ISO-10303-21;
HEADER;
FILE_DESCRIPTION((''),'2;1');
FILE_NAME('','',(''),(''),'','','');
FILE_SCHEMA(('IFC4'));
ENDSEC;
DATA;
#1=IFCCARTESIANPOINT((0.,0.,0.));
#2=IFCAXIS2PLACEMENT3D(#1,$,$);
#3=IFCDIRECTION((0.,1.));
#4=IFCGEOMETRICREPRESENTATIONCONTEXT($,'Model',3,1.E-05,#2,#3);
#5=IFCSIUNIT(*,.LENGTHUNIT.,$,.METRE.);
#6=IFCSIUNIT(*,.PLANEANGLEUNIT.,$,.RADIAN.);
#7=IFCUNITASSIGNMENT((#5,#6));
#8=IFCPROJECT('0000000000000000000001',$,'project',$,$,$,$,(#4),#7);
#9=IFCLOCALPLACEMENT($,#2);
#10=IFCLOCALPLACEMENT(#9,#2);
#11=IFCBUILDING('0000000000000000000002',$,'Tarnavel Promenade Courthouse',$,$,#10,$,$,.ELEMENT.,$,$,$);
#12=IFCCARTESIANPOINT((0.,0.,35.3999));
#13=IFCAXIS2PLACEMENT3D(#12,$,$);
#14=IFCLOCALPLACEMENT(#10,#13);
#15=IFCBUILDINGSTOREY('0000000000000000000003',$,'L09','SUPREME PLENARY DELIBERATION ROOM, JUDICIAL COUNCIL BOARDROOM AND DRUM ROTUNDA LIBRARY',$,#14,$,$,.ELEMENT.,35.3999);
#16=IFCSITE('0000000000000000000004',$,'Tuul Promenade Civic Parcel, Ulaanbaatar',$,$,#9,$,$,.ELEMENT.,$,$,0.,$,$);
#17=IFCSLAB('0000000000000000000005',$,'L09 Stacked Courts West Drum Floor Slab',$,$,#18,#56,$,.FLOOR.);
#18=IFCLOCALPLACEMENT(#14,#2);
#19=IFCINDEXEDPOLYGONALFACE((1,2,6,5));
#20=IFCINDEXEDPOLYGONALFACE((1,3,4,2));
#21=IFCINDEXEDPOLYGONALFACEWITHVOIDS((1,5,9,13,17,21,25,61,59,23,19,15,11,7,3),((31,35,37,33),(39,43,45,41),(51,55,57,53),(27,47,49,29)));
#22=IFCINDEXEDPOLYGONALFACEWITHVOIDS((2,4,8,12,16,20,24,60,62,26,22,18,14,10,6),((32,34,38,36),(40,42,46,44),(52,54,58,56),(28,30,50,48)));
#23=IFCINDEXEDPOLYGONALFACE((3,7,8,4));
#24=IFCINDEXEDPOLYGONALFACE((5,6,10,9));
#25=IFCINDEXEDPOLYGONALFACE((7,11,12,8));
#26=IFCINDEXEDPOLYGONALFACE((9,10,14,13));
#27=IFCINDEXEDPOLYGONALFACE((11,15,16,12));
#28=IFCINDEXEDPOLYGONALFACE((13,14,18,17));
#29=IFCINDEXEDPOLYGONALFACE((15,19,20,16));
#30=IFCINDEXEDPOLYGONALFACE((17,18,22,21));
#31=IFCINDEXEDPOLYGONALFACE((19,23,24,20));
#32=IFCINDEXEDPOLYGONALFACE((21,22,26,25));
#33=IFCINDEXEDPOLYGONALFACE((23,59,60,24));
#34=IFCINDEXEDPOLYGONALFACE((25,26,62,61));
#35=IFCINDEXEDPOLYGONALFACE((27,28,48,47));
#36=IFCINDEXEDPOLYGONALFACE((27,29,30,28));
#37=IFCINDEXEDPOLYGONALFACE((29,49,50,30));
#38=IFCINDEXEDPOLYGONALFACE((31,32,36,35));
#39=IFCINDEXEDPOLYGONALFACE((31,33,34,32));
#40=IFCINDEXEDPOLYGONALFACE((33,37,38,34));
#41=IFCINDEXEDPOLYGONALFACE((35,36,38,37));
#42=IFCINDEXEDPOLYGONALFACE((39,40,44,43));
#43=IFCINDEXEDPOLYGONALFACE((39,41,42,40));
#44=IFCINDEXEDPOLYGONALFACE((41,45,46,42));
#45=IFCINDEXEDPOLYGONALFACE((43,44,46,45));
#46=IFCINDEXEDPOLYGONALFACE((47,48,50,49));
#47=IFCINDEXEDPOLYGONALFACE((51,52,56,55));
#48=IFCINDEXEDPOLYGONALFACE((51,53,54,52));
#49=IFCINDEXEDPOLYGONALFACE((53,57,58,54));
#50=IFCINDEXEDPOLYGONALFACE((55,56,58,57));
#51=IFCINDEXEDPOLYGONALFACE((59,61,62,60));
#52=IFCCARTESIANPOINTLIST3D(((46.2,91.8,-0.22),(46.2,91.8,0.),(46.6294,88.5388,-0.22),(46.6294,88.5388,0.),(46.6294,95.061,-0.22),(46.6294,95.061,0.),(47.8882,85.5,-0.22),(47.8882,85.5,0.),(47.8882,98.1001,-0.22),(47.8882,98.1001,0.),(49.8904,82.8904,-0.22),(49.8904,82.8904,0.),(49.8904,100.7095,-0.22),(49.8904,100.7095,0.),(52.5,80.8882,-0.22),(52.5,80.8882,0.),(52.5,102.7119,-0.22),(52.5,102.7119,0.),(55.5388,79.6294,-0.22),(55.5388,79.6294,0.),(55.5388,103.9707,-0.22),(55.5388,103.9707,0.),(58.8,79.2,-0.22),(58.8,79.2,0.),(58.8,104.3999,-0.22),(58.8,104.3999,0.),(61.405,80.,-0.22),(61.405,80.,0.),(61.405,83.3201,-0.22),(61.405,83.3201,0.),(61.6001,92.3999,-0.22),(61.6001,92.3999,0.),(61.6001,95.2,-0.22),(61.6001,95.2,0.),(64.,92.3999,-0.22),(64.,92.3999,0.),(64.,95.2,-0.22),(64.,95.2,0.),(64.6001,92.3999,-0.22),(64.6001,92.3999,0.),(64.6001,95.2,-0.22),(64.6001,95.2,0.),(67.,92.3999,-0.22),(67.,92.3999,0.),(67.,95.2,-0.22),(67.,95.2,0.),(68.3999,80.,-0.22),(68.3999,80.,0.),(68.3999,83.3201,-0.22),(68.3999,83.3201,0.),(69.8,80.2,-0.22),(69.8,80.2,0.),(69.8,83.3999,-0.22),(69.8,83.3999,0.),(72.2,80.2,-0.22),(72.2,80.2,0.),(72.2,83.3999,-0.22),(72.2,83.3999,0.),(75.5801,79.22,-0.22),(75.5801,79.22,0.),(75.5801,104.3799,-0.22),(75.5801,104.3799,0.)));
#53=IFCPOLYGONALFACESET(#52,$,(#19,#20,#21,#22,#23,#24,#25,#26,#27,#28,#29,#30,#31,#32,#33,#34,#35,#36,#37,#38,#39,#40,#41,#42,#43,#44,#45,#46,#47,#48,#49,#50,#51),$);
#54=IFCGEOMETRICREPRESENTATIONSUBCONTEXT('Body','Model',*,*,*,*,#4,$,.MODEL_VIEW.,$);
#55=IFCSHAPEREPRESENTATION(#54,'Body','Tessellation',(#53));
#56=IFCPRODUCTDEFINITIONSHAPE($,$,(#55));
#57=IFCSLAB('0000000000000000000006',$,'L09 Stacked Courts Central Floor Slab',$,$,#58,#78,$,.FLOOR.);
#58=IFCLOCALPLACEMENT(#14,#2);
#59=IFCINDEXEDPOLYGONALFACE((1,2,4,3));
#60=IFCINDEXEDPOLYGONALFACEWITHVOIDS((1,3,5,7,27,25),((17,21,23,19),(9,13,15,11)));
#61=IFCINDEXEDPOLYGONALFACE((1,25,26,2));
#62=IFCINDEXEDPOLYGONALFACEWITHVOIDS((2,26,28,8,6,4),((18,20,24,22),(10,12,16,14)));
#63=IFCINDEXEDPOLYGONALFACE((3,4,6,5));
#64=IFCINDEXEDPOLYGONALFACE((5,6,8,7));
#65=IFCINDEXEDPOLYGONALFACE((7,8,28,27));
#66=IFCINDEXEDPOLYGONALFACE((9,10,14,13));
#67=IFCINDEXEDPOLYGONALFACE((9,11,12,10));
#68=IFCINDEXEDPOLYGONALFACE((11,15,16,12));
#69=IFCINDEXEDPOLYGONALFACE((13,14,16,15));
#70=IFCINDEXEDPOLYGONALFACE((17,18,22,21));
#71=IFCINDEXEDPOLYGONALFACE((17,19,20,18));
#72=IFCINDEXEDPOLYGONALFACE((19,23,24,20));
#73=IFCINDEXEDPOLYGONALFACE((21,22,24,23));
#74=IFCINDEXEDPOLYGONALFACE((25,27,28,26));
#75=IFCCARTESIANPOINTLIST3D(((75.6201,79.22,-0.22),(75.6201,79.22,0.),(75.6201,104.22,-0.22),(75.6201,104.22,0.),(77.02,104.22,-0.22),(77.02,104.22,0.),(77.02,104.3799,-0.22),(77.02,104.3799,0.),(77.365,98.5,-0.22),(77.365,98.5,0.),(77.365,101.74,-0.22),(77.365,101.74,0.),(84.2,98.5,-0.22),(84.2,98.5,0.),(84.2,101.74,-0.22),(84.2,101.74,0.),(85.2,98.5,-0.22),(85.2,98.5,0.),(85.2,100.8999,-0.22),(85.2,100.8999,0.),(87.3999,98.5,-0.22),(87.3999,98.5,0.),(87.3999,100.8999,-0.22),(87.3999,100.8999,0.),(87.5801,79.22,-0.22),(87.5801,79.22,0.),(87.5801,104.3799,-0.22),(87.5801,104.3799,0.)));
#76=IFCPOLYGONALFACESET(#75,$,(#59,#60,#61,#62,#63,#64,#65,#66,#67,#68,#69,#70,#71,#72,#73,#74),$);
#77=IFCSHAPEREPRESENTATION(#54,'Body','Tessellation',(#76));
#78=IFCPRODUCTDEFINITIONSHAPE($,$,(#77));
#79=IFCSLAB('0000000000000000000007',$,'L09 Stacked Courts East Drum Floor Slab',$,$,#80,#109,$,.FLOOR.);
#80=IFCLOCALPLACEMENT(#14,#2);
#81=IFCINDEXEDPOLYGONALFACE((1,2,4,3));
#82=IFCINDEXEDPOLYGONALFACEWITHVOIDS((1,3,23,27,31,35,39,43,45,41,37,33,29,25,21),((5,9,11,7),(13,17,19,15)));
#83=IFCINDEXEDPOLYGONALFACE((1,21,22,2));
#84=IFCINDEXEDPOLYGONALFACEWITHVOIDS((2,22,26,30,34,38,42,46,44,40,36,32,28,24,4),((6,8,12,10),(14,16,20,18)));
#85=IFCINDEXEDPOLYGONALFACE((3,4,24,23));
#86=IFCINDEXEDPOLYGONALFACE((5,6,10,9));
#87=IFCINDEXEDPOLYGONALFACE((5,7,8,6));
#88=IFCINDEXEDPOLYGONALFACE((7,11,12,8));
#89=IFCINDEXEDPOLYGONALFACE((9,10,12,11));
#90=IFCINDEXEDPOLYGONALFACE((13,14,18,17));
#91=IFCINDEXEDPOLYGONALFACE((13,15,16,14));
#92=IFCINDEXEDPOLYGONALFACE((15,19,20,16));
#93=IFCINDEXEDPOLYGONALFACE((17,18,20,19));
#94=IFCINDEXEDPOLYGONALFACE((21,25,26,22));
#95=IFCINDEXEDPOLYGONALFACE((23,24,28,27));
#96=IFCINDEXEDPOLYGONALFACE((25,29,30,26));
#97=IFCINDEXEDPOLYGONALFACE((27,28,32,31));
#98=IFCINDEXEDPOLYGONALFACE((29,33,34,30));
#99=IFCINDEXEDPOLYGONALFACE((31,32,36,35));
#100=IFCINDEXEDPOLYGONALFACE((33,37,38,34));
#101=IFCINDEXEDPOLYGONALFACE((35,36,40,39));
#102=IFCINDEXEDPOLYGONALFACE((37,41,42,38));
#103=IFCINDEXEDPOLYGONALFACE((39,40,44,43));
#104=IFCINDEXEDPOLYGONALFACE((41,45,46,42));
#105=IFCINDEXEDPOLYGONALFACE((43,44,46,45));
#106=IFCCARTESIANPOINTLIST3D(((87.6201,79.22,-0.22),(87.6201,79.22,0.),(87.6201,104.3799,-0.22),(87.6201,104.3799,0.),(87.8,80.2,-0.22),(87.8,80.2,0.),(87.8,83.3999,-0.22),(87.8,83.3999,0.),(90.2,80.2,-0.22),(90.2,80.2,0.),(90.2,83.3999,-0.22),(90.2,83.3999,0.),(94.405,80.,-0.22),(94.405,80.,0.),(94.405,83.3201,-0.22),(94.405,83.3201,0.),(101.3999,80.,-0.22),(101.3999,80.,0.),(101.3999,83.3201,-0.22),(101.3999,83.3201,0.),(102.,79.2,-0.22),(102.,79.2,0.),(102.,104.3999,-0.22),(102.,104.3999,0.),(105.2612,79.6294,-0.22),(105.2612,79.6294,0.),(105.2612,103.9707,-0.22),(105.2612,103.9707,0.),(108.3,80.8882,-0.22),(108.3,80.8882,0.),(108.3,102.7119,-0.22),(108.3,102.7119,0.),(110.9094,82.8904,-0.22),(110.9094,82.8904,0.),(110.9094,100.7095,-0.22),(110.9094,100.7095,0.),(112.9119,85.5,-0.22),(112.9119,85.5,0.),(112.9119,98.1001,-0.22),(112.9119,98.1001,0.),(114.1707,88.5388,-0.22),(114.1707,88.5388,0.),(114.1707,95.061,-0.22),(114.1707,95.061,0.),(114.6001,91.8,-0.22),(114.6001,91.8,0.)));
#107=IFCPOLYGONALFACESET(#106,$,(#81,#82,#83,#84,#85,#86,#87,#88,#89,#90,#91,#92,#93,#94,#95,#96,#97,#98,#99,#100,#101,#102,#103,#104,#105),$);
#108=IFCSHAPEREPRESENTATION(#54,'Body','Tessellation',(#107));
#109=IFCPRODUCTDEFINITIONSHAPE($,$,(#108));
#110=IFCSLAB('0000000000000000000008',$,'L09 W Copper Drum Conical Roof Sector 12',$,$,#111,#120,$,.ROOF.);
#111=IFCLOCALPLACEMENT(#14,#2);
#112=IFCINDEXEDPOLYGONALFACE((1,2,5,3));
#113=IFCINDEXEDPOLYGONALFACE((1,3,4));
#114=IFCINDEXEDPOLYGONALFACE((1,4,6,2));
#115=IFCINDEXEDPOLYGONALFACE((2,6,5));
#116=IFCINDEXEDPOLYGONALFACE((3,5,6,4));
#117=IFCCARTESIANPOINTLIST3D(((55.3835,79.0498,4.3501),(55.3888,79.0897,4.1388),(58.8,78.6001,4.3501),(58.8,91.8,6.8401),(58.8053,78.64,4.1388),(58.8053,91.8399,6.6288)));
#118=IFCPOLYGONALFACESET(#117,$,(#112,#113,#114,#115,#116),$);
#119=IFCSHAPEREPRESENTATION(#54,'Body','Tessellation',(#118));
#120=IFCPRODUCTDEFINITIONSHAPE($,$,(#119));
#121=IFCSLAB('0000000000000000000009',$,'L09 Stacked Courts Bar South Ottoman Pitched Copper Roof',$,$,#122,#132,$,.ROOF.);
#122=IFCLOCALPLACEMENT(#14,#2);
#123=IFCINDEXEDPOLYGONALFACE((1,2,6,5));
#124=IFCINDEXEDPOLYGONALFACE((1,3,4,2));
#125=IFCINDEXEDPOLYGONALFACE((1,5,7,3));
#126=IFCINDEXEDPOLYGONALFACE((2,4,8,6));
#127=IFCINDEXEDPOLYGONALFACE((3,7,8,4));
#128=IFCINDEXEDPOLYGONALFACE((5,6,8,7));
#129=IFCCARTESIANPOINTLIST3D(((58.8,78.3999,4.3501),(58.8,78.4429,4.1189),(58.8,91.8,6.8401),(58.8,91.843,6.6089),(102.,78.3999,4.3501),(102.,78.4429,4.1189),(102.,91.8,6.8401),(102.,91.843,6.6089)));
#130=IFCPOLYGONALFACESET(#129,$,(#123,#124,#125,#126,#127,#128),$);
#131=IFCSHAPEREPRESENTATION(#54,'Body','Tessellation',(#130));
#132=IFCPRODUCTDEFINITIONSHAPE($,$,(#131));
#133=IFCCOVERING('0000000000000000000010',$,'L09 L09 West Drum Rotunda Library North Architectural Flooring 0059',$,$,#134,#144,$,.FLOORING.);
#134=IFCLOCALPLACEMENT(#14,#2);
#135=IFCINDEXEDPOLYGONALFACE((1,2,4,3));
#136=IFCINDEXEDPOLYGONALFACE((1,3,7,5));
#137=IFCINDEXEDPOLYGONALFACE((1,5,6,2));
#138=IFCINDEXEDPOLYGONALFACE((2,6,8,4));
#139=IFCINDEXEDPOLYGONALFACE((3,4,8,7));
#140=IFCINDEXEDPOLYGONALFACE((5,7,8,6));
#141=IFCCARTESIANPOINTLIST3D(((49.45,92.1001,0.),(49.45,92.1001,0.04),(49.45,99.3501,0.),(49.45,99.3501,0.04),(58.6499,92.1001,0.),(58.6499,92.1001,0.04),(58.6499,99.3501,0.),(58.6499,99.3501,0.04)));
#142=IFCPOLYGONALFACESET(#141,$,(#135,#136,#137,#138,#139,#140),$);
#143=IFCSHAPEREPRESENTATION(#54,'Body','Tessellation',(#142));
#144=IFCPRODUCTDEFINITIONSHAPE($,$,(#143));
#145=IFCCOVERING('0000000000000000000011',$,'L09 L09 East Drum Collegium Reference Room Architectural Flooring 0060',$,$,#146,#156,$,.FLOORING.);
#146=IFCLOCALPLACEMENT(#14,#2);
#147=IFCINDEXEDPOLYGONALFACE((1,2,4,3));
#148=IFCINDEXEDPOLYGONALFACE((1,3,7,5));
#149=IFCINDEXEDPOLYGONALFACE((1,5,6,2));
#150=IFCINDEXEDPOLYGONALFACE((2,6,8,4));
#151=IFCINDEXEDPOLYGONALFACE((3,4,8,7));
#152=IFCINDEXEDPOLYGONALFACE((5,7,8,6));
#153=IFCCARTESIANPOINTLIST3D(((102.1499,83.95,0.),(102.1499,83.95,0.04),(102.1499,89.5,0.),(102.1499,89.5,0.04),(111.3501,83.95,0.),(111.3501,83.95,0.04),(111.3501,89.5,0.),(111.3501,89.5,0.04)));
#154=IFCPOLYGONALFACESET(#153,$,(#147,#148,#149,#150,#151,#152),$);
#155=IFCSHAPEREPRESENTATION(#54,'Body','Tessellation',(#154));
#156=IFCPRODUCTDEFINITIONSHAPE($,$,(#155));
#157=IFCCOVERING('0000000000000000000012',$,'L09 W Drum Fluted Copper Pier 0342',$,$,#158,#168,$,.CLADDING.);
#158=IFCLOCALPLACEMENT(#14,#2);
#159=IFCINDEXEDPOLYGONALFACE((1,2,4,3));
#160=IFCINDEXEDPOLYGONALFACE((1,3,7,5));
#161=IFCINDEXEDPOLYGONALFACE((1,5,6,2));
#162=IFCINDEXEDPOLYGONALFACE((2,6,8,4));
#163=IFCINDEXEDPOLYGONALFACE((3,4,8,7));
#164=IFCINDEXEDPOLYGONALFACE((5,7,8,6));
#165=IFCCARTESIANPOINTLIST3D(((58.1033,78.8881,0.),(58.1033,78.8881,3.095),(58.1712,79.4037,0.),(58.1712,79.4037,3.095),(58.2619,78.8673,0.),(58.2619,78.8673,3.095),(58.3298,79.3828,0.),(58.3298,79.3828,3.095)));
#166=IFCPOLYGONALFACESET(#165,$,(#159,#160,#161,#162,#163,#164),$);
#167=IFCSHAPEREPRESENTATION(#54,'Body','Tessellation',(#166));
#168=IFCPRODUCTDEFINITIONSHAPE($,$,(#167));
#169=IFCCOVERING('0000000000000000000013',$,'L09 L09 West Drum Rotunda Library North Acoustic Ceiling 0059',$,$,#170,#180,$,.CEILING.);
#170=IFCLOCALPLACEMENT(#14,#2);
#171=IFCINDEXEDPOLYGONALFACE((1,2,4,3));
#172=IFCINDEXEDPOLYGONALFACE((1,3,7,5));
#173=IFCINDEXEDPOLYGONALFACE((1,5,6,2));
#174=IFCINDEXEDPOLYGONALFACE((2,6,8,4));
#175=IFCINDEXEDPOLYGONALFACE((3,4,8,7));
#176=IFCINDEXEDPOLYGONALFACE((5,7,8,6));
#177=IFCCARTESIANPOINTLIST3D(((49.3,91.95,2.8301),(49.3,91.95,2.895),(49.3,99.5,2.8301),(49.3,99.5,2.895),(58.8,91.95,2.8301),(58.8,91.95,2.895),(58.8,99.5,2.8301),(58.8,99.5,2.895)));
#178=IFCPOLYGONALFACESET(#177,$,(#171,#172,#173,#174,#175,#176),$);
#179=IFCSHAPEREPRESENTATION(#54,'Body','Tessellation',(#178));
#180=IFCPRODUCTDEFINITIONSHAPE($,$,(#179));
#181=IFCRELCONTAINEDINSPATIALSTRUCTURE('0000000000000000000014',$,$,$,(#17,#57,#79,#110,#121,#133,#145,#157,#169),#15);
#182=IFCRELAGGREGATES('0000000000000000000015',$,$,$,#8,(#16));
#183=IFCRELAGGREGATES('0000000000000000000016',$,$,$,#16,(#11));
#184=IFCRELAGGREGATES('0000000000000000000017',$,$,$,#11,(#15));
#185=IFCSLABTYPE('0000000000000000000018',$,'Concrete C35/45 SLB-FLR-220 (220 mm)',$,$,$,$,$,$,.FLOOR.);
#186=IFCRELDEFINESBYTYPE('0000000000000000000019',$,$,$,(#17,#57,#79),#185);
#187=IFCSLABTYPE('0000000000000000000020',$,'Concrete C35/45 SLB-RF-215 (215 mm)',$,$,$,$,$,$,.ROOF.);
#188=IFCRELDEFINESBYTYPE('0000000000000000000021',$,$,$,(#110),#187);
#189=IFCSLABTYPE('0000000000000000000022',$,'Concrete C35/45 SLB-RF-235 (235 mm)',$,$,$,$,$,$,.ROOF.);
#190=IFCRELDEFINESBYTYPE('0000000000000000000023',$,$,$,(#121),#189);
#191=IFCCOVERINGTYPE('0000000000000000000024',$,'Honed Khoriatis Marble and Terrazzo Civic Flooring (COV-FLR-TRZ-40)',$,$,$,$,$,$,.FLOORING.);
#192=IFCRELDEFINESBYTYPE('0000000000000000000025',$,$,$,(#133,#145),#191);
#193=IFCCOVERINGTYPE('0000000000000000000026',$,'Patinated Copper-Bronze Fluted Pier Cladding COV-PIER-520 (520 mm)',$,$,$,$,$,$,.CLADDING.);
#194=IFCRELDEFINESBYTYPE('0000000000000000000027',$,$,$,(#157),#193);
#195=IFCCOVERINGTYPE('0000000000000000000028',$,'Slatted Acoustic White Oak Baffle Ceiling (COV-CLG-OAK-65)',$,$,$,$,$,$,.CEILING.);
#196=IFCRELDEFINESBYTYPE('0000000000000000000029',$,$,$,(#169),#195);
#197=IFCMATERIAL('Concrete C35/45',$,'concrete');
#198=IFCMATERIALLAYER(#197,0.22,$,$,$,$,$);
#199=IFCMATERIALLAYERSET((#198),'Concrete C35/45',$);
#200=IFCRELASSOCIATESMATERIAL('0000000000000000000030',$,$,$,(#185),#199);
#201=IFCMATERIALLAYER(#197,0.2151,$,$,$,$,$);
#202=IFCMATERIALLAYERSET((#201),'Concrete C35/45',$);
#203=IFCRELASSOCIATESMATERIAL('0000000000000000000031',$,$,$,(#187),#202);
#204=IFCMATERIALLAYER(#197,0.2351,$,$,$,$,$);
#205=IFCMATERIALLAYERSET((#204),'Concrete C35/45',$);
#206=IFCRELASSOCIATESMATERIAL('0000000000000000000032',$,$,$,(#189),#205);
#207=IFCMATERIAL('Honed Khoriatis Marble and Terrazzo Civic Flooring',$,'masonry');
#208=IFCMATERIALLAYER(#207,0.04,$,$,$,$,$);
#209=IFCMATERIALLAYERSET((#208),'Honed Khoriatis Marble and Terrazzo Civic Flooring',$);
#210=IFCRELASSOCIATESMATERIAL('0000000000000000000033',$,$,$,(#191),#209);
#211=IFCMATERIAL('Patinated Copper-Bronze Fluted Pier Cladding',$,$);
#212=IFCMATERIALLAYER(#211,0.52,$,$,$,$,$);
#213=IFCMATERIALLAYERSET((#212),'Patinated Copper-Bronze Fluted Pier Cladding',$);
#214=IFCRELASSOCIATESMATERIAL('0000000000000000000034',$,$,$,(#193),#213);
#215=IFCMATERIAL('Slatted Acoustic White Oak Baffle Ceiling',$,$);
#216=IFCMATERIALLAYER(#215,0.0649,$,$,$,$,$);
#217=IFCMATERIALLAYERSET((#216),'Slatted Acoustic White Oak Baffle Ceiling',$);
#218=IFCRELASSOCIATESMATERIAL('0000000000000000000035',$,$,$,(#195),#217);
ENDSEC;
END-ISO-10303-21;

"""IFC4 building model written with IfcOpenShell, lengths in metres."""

from ifc_helpers import new_model, si_unit, direction, frame, origin, origin_2d, place, context, subcontext, project, spatial, polyline, rectangle, outline, extrude, material, layer, layer_set, type_object, element, save


model = new_model("IFC4")

# Units and contexts
model_context = context("Model", 3, precision=1e-05, world=origin(), true_north=direction((0.0, 1.0)))
body_context = subcontext(model_context, "Body", "Model", "MODEL_VIEW")
ifc_project = project(units=[si_unit("LENGTHUNIT", "METRE"), si_unit("PLANEANGLEUNIT", "RADIAN")], contexts=[model_context])

# Site, building, storey
site_placement = place(None, origin())
site = spatial("IfcSite", under=ifc_project, at=site_placement, Name="Tuul Promenade Civic Parcel, Ulaanbaatar", CompositionType="ELEMENT", RefElevation=0.0)
building_placement = place(site_placement, origin())
building = spatial("IfcBuilding", under=site, at=building_placement, Name="Tarnavel Promenade Courthouse", CompositionType="ELEMENT")
storey_placement = place(building_placement, frame((0.0, 0.0, 35.3999)))
storey = spatial("IfcBuildingStorey", under=building, at=storey_placement, Name="L09", Description="SUPREME PLENARY DELIBERATION ROOM, JUDICIAL COUNCIL BOARDROOM AND DRUM ROTUNDA LIBRARY", CompositionType="ELEMENT", Elevation=35.3999)

# Slabs
ifc_material_1 = material(Name="Concrete C35/45", Category="concrete")
ifc_layer_1 = layer(ifc_material_1, 0.22)
ifc_layer_set_1 = layer_set([ifc_layer_1], Name="Concrete C35/45")
slab_type_1 = type_object("IfcSlabType", Name="Concrete C35/45 SLB-FLR-220 (220 mm)", PredefinedType="FLOOR", material=ifc_layer_set_1)
slab_1_placement = place(storey_placement, frame((0.0, 0.0, -0.22)))
element("IfcSlab", 1, at=slab_1_placement, inside=storey, type_object=slab_type_1, Name="L09 Stacked Courts West Drum Floor Slab", PredefinedType="FLOOR", context=body_context, shape_type="SweptSolid", body=[
    extrude(outline(polyline([(75.5801, 79.22), (75.5801, 104.3799), (58.8, 104.3999), (55.5388, 103.9707), (52.5, 102.7119), (49.8904, 100.7095), (47.8882, 98.1001), (46.6294, 95.061), (46.2, 91.8), (46.6294, 88.5388), (47.8882, 85.5), (49.8904, 82.8904), (52.5, 80.8882), (55.5388, 79.6294), (58.8, 79.2), (75.5801, 79.22)]), holes=[polyline([(61.405, 80.0), (68.3999, 80.0), (68.3999, 83.3201), (61.405, 83.3201), (61.405, 80.0)]), polyline([(69.8, 80.2), (72.2, 80.2), (72.2, 83.3999), (69.8, 83.3999), (69.8, 80.2)]), polyline([(61.6001, 92.3999), (64.0, 92.3999), (64.0, 95.2), (61.6001, 95.2), (61.6001, 92.3999)]), polyline([(64.6001, 92.3999), (67.0, 92.3999), (67.0, 95.2), (64.6001, 95.2), (64.6001, 92.3999)])]), origin(), (0.0, 0.0, 1.0), 0.22),
])
slab_2_placement = place(storey_placement, frame((0.0, 0.0, -0.22)))
element("IfcSlab", 2, at=slab_2_placement, inside=storey, type_object=slab_type_1, Name="L09 Stacked Courts Central Floor Slab", PredefinedType="FLOOR", context=body_context, shape_type="SweptSolid", body=[
    extrude(outline(polyline([(75.6201, 79.22), (87.5801, 79.22), (87.5801, 104.3799), (77.02, 104.3799), (77.02, 104.22), (75.6201, 104.22), (75.6201, 79.22)]), holes=[polyline([(77.365, 98.5), (84.2, 98.5), (84.2, 101.74), (77.365, 101.74), (77.365, 98.5)]), polyline([(85.2, 98.5), (87.3999, 98.5), (87.3999, 100.8999), (85.2, 100.8999), (85.2, 98.5)])]), origin(), (0.0, 0.0, 1.0), 0.22),
])
slab_3_placement = place(storey_placement, frame((0.0, 0.0, -0.22)))
element("IfcSlab", 3, at=slab_3_placement, inside=storey, type_object=slab_type_1, Name="L09 Stacked Courts East Drum Floor Slab", PredefinedType="FLOOR", context=body_context, shape_type="SweptSolid", body=[
    extrude(outline(polyline([(87.6201, 104.3799), (87.6201, 79.22), (102.0, 79.2), (105.2612, 79.6294), (108.3, 80.8882), (110.9094, 82.8904), (112.9119, 85.5), (114.1707, 88.5388), (114.6001, 91.8), (114.1707, 95.061), (112.9119, 98.1001), (110.9094, 100.7095), (108.3, 102.7119), (105.2612, 103.9707), (102.0, 104.3999), (87.6201, 104.3799)]), holes=[polyline([(94.405, 80.0), (101.3999, 80.0), (101.3999, 83.3201), (94.405, 83.3201), (94.405, 80.0)]), polyline([(87.8, 80.2), (90.2, 80.2), (90.2, 83.3999), (87.8, 83.3999), (87.8, 80.2)])]), origin(), (0.0, 0.0, 1.0), 0.22),
])
ifc_layer_2 = layer(ifc_material_1, 0.2151)
ifc_layer_set_2 = layer_set([ifc_layer_2], Name="Concrete C35/45")
slab_type_2 = type_object("IfcSlabType", Name="Concrete C35/45 SLB-RF-215 (215 mm)", PredefinedType="ROOF", material=ifc_layer_set_2)
slab_4_placement = place(storey_placement, frame((55.3835, 79.0498, 4.3501), z_axis=(-0.024392, -0.185312, 0.982377), x_axis=(0.991448, -0.130502, 0.0)))
element("IfcSlab", 4, at=slab_4_placement, inside=storey, type_object=slab_type_2, Name="L09 W Copper Drum Conical Roof Sector 12", PredefinedType="ROOF", context=body_context, shape_type="SweptSolid", body=[
    extrude(outline(polyline([(0.0, 0.0), (3.446, 0.0), (1.7234, 13.3218), (0.0, 0.0)])), origin(), (0.0, 0.0, -1.0), 0.2151),
])
ifc_layer_3 = layer(ifc_material_1, 0.2351)
ifc_layer_set_3 = layer_set([ifc_layer_3], Name="Concrete C35/45")
slab_type_3 = type_object("IfcSlabType", Name="Concrete C35/45 SLB-RF-235 (235 mm)", PredefinedType="ROOF", material=ifc_layer_set_3)
slab_5_placement = place(storey_placement, frame((58.8, 78.3999, 4.3501), z_axis=(0.0, -0.182691, 0.98317), x_axis=(1.0, 0.0, 0.0)))
element("IfcSlab", 5, at=slab_5_placement, inside=storey, type_object=slab_type_3, Name="L09 Stacked Courts Bar South Ottoman Pitched Copper Roof", PredefinedType="ROOF", context=body_context, shape_type="SweptSolid", body=[
    extrude(outline(polyline([(0.0, 0.0), (43.2, 0.0), (43.2, 13.6295), (0.0, 13.6295), (0.0, 0.0)])), origin(), (0.0, 0.0, -1.0), 0.2351),
])

# Coverings
ifc_material_2 = material(Name="Honed Khoriatis Marble and Terrazzo Civic Flooring", Category="masonry")
ifc_layer_4 = layer(ifc_material_2, 0.04)
ifc_layer_set_4 = layer_set([ifc_layer_4], Name="Honed Khoriatis Marble and Terrazzo Civic Flooring")
covering_type_1 = type_object("IfcCoveringType", Name="Honed Khoriatis Marble and Terrazzo Civic Flooring (COV-FLR-TRZ-40)", PredefinedType="FLOORING", material=ifc_layer_set_4)
covering_1_placement = place(storey_placement, origin())
element("IfcCovering", 6, at=covering_1_placement, inside=storey, type_object=covering_type_1, Name="L09 L09 West Drum Rotunda Library North Architectural Flooring 0059", PredefinedType="FLOORING", context=body_context, shape_type="SweptSolid", body=[
    extrude(outline(polyline([(49.45, 92.1001), (58.6499, 92.1001), (58.6499, 99.3501), (49.45, 99.3501), (49.45, 92.1001)])), origin(), (0.0, 0.0, 1.0), 0.04),
])
covering_2_placement = place(storey_placement, origin())
element("IfcCovering", 7, at=covering_2_placement, inside=storey, type_object=covering_type_1, Name="L09 L09 East Drum Collegium Reference Room Architectural Flooring 0060", PredefinedType="FLOORING", context=body_context, shape_type="SweptSolid", body=[
    extrude(outline(polyline([(102.1499, 83.95), (111.3501, 83.95), (111.3501, 89.5), (102.1499, 89.5), (102.1499, 83.95)])), origin(), (0.0, 0.0, 1.0), 0.04),
])
ifc_material_3 = material(Name="Patinated Copper-Bronze Fluted Pier Cladding")
ifc_layer_5 = layer(ifc_material_3, 0.52)
ifc_layer_set_5 = layer_set([ifc_layer_5], Name="Patinated Copper-Bronze Fluted Pier Cladding")
covering_type_2 = type_object("IfcCoveringType", Name="Patinated Copper-Bronze Fluted Pier Cladding COV-PIER-520 (520 mm)", PredefinedType="CLADDING", material=ifc_layer_set_5)
covering_3_placement = place(storey_placement, frame((58.2166, 79.1355, 0.0), z_axis=(0.0, 0.0, 1.0), x_axis=(0.991445, -0.130526, 0.0)))
element("IfcCovering", 8, at=covering_3_placement, inside=storey, type_object=covering_type_2, Name="L09 W Drum Fluted Copper Pier 0342", PredefinedType="CLADDING", context=body_context, shape_type="SweptSolid", body=[
    extrude(rectangle(XDim=0.1599, YDim=0.52, at=origin_2d()), origin(), (0.0, 0.0, 1.0), 3.095),
])
ifc_material_4 = material(Name="Slatted Acoustic White Oak Baffle Ceiling")
ifc_layer_6 = layer(ifc_material_4, 0.0649)
ifc_layer_set_6 = layer_set([ifc_layer_6], Name="Slatted Acoustic White Oak Baffle Ceiling")
covering_type_3 = type_object("IfcCoveringType", Name="Slatted Acoustic White Oak Baffle Ceiling (COV-CLG-OAK-65)", PredefinedType="CEILING", material=ifc_layer_set_6)
covering_4_placement = place(storey_placement, frame((0.0, 0.0, 2.8301)))
element("IfcCovering", 9, at=covering_4_placement, inside=storey, type_object=covering_type_3, Name="L09 L09 West Drum Rotunda Library North Acoustic Ceiling 0059", PredefinedType="CEILING", context=body_context, shape_type="SweptSolid", body=[
    extrude(outline(polyline([(49.3, 91.95), (58.8, 91.95), (58.8, 99.5), (49.3, 99.5), (49.3, 91.95)])), origin(), (0.0, 0.0, 1.0), 0.0649),
])

save(model, "model.ifc")
